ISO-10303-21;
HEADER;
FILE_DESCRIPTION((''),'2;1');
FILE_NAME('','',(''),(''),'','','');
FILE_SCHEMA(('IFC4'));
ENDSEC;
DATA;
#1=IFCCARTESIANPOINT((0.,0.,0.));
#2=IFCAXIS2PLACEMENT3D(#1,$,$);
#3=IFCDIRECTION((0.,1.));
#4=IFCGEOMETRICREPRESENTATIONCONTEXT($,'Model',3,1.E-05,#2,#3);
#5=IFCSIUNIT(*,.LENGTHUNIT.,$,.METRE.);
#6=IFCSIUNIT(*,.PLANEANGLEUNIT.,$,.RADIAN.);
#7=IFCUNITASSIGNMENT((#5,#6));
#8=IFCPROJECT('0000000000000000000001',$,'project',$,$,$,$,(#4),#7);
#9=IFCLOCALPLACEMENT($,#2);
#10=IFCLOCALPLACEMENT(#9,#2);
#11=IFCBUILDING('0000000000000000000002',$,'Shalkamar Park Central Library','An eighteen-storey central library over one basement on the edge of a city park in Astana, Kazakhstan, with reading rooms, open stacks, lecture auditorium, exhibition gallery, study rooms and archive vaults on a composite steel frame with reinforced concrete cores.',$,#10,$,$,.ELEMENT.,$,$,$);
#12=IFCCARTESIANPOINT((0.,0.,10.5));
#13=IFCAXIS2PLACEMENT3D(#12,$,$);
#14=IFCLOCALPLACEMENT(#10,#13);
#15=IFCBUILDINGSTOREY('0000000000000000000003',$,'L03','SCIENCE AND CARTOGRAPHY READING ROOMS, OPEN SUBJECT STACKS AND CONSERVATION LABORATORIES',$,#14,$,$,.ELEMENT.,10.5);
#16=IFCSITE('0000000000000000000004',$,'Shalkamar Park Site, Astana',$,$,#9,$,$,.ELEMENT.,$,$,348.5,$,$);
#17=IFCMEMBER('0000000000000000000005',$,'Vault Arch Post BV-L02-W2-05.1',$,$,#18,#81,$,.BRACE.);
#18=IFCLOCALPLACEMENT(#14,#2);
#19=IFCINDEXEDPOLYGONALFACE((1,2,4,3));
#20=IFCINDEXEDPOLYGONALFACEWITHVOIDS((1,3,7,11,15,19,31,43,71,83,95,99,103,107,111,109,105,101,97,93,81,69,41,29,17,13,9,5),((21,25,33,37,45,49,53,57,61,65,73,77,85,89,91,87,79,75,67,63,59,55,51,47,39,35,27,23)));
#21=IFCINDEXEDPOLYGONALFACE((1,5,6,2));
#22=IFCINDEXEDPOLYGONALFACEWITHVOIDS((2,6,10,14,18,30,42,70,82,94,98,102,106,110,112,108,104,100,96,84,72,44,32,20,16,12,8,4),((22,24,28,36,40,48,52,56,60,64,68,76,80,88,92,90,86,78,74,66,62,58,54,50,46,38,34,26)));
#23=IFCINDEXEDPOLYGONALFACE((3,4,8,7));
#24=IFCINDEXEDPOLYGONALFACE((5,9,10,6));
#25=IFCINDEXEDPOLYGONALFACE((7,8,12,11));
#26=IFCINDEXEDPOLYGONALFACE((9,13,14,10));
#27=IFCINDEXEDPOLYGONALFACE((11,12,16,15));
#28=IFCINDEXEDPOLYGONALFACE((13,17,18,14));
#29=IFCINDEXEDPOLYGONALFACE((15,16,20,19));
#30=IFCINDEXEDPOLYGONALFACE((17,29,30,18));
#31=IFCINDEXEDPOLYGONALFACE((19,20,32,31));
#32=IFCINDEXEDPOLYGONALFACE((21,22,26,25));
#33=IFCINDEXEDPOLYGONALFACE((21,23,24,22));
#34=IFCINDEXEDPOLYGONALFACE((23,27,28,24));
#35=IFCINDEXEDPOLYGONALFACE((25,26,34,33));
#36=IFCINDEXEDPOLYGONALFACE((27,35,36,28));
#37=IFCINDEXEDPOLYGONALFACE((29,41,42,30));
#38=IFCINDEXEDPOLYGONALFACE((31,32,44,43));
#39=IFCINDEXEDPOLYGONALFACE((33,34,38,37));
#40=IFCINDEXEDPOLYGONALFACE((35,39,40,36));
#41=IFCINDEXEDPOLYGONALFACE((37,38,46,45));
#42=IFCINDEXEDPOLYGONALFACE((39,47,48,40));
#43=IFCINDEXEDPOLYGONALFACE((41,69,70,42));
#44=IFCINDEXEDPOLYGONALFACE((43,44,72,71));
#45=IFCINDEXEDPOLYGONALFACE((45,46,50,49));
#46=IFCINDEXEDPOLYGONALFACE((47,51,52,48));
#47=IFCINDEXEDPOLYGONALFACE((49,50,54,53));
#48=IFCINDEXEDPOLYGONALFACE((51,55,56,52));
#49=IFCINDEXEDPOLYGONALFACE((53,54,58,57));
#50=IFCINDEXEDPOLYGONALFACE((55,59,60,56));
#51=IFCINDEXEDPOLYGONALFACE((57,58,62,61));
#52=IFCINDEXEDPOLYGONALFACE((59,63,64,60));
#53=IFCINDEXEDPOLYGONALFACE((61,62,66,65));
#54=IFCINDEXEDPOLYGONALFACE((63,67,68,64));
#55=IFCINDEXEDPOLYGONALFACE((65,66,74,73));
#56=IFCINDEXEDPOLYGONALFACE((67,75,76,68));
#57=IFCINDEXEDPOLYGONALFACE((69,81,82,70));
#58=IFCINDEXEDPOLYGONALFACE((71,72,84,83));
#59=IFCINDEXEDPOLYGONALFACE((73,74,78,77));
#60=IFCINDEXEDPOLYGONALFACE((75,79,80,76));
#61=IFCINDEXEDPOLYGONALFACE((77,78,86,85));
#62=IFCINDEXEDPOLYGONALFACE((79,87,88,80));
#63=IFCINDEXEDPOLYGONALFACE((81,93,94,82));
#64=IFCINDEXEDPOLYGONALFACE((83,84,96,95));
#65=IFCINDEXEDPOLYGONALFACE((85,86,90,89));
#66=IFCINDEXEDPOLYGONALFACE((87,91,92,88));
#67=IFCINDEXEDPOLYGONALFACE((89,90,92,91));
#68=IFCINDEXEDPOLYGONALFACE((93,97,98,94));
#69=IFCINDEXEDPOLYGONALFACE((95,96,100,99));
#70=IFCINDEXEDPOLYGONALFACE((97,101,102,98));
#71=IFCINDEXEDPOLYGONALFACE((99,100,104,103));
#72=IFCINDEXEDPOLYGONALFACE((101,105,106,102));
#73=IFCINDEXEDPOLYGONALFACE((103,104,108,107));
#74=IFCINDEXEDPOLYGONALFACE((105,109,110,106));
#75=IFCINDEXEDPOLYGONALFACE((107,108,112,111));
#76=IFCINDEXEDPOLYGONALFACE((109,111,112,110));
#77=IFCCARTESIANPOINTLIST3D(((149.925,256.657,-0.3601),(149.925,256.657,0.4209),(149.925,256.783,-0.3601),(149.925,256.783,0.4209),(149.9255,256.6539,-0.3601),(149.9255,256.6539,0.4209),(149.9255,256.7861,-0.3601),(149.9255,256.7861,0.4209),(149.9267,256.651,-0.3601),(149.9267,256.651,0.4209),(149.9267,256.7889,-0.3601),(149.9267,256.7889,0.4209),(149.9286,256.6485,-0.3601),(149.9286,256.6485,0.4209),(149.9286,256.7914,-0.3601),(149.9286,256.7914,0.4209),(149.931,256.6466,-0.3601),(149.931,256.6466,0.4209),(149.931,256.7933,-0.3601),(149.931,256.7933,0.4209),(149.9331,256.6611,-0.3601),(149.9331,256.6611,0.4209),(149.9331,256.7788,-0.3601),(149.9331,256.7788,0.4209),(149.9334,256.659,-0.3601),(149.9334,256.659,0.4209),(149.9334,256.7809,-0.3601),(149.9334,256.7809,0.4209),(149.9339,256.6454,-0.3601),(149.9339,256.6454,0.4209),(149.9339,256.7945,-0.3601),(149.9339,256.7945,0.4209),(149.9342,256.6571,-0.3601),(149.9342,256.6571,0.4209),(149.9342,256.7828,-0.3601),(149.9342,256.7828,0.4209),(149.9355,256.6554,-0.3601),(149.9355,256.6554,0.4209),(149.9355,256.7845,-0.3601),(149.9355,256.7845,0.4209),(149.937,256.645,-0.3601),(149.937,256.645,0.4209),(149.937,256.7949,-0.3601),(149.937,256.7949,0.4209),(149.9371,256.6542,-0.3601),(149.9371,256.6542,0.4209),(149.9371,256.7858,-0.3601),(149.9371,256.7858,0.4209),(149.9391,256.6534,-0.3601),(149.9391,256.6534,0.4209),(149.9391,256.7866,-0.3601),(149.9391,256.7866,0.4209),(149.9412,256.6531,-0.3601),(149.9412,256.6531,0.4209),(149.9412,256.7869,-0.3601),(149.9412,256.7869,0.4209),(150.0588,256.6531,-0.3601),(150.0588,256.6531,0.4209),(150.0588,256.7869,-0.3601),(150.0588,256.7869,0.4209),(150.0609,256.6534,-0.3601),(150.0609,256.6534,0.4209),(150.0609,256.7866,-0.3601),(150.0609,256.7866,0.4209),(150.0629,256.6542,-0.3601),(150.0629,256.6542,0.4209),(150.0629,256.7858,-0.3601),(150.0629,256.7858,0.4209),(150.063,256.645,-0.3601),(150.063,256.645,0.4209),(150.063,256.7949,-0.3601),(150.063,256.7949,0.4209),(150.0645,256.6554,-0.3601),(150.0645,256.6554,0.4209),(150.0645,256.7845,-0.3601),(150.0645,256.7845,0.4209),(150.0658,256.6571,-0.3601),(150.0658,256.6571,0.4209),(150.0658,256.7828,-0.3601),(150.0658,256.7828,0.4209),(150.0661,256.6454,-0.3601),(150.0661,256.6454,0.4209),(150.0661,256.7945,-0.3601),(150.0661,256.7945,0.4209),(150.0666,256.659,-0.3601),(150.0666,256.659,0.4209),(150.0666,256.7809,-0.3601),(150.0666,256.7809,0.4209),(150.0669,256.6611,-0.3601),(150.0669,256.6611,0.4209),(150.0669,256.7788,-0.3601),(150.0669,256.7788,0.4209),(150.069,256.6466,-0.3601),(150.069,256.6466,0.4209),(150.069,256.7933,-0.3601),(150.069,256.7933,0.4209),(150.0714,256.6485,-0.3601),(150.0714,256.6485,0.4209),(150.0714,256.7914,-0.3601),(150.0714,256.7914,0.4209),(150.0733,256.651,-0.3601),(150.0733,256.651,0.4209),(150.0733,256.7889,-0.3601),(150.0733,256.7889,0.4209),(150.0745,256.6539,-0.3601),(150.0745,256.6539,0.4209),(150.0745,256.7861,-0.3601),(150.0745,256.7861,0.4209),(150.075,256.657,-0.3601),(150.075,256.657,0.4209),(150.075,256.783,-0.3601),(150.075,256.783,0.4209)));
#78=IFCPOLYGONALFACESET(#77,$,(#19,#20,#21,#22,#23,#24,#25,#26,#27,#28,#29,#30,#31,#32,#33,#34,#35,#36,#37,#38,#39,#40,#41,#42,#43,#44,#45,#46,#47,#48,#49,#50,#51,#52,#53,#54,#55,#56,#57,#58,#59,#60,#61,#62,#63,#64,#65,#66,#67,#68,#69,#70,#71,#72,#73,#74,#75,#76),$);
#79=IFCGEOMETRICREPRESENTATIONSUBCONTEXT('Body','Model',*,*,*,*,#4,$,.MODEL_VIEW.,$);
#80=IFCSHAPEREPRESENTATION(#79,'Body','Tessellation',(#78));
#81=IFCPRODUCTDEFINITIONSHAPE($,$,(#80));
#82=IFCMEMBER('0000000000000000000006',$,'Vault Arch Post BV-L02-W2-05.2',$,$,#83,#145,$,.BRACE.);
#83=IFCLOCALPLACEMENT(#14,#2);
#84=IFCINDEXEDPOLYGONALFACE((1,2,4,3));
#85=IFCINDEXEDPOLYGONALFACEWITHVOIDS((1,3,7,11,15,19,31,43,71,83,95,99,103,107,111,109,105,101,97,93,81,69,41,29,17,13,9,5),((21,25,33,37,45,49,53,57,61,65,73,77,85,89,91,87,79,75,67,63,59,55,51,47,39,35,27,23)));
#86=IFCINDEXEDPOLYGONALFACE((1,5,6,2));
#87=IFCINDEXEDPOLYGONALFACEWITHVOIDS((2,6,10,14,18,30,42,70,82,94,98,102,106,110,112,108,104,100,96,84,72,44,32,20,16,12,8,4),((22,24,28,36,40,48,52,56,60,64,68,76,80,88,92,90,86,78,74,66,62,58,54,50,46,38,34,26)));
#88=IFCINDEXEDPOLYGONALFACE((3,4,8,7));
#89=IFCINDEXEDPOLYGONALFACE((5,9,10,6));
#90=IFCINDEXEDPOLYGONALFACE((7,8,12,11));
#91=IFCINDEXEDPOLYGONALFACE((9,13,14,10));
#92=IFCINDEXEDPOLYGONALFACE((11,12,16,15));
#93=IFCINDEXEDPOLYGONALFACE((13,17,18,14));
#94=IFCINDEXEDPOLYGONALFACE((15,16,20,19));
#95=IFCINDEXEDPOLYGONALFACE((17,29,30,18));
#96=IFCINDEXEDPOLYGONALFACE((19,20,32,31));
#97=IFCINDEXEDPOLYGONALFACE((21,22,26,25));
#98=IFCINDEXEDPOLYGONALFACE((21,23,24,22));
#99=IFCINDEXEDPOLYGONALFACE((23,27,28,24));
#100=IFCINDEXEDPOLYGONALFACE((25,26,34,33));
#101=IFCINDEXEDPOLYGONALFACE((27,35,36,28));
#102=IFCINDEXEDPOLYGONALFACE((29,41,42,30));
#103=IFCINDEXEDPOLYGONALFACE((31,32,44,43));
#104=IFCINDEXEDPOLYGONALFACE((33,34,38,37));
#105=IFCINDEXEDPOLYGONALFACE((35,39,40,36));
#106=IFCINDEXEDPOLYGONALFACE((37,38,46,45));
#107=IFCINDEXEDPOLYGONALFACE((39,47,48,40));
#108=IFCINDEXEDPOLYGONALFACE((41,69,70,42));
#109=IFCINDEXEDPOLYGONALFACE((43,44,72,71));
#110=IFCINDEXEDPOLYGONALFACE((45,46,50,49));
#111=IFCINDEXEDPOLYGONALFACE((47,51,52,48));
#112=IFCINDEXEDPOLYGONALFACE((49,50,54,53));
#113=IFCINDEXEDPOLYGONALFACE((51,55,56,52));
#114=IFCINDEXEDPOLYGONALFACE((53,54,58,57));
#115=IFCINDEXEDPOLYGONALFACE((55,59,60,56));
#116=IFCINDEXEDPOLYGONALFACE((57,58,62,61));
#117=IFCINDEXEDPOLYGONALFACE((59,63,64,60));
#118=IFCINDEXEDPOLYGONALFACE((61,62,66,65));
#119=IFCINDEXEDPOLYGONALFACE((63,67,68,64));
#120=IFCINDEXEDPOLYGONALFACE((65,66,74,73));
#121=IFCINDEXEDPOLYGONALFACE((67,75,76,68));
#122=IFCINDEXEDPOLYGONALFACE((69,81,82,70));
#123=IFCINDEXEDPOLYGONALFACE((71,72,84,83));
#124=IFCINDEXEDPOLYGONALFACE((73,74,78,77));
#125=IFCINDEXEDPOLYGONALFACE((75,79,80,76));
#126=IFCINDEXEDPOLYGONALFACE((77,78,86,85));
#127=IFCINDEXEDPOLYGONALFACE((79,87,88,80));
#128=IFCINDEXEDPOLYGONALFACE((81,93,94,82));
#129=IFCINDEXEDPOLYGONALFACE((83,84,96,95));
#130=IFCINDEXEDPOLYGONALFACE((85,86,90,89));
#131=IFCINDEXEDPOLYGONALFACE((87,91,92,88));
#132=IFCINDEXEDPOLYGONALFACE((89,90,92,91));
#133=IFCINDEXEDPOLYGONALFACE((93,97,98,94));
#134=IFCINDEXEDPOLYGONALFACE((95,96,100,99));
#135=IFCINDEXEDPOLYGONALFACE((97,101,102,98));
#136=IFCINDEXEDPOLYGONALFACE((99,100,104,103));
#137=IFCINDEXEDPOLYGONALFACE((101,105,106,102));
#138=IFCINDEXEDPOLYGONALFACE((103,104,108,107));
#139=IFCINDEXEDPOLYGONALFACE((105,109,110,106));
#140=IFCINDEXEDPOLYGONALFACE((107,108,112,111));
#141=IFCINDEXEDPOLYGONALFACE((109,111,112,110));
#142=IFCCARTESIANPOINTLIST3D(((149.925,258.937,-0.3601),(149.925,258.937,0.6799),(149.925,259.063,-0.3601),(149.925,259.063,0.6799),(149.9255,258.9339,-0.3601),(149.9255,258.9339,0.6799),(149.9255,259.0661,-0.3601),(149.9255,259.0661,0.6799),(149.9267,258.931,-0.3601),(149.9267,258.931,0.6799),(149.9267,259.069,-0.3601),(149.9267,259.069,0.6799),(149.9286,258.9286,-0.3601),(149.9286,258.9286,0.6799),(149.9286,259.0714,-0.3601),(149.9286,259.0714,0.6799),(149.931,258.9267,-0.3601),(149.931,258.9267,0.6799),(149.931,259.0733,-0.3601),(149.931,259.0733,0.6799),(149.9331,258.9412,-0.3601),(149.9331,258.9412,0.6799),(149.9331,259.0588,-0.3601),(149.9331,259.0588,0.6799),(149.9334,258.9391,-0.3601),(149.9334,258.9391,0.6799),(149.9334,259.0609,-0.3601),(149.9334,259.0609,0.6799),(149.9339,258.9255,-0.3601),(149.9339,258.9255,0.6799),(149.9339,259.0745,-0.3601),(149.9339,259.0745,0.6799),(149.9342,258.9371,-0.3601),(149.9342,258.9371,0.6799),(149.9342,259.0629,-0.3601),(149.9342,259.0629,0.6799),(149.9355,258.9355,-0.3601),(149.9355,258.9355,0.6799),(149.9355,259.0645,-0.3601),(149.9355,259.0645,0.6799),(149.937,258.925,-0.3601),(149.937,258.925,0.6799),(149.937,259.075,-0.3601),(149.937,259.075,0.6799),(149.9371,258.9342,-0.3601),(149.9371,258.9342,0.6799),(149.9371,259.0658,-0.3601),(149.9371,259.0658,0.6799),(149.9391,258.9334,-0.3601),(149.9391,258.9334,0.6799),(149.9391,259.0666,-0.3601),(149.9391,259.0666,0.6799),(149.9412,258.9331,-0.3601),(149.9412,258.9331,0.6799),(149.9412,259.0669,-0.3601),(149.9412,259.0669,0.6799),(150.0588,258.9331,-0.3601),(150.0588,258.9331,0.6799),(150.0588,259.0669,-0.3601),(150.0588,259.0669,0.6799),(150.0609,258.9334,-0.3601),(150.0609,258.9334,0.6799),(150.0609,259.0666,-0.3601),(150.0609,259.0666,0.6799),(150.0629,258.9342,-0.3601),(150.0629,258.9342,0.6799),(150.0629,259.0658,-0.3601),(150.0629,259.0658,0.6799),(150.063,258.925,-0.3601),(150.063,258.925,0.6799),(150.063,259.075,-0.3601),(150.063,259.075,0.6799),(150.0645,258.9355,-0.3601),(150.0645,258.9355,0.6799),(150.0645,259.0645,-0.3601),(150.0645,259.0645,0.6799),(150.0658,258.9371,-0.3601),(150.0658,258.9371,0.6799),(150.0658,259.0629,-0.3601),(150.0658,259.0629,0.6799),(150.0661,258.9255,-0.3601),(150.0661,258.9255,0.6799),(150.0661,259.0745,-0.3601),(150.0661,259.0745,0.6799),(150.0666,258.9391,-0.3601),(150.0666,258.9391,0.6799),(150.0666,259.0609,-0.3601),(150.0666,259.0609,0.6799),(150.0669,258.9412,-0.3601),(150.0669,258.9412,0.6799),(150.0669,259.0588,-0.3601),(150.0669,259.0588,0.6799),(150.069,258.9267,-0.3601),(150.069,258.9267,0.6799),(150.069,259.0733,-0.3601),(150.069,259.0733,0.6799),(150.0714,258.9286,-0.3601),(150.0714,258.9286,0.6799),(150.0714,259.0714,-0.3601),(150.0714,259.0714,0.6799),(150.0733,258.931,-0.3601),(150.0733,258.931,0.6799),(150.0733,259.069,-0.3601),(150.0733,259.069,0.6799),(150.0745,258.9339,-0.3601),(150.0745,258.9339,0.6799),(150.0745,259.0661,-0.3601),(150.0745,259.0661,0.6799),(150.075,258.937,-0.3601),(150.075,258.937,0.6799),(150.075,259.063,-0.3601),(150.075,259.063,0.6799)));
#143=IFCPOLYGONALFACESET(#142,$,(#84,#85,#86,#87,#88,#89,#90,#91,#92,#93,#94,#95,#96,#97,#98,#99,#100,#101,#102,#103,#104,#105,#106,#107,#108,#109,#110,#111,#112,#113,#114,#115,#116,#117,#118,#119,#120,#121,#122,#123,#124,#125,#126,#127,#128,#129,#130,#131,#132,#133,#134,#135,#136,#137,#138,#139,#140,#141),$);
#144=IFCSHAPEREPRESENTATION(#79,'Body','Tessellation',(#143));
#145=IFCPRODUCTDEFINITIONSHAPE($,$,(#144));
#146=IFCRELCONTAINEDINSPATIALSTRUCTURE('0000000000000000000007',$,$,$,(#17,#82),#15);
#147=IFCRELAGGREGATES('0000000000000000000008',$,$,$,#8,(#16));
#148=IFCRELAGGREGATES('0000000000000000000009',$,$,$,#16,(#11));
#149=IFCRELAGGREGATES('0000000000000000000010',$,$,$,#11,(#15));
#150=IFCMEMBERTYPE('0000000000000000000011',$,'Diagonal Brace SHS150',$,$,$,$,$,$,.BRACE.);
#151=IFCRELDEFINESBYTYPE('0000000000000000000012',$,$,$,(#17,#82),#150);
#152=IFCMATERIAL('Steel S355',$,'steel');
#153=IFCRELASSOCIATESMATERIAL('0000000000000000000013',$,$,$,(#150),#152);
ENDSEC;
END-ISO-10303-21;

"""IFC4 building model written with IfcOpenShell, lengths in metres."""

from ifc_helpers import new_model, si_unit, direction, frame, origin, origin_2d, place, context, subcontext, project, spatial, hollow_rectangle, extrude, material, material_profile, profile_set, type_object, element, save


model = new_model("IFC4")

# Units and contexts
model_context = context("Model", 3, precision=1e-05, world=origin(), true_north=direction((0.0, 1.0)))
body_context = subcontext(model_context, "Body", "Model", "MODEL_VIEW")
ifc_project = project(units=[si_unit("LENGTHUNIT", "METRE"), si_unit("PLANEANGLEUNIT", "RADIAN")], contexts=[model_context])

# Site, building, storey
site_placement = place(None, origin())
site = spatial("IfcSite", under=ifc_project, at=site_placement, Name="Shalkamar Park Site, Astana", CompositionType="ELEMENT", RefElevation=348.5)
building_placement = place(site_placement, origin())
building = spatial("IfcBuilding", under=site, at=building_placement, Name="Shalkamar Park Central Library", Description="An eighteen-storey central library over one basement on the edge of a city park in Astana, Kazakhstan, with reading rooms, open stacks, lecture auditorium, exhibition gallery, study rooms and archive vaults on a composite steel frame with reinforced concrete cores.", CompositionType="ELEMENT")
storey_placement = place(building_placement, frame((0.0, 0.0, 10.5)))
storey = spatial("IfcBuildingStorey", under=building, at=storey_placement, Name="L03", Description="SCIENCE AND CARTOGRAPHY READING ROOMS, OPEN SUBJECT STACKS AND CONSERVATION LABORATORIES", CompositionType="ELEMENT", Elevation=10.5)

# Shared definitions
ifc_material_1 = material(Name="Steel S355", Category="steel")

# Members
ifc_material_profile_1 = material_profile(ifc_material_1, hollow_rectangle(XDim=0.1499, YDim=0.1499, WallThickness=0.0081, InnerFilletRadius=0.0081, OuterFilletRadius=0.012, at=origin_2d()), Name="SHS 150x150x8")
ifc_profile_set_1 = profile_set([ifc_material_profile_1], Name="Steel S355")
member_type = type_object("IfcMemberType", Name="Diagonal Brace SHS150", PredefinedType="BRACE", material=ifc_profile_set_1)
for number, where, z_axis, x_axis, name in (
    (1, (150.0, 256.72, -0.3601), (0.0, 0.0, 1.0), (1.0, 0.0, 0.0), "Vault Arch Post BV-L02-W2-05.1"),
):
    element("IfcMember", number, at=place(storey_placement, frame(where, z_axis=z_axis, x_axis=x_axis)), inside=storey, type_object=member_type, Name=name, PredefinedType="BRACE", context=body_context, shape_type="SweptSolid", body=[
        extrude(hollow_rectangle(XDim=0.1499, YDim=0.1499, WallThickness=0.0081, InnerFilletRadius=0.0081, OuterFilletRadius=0.012, at=origin_2d()), origin(), (0.0, 0.0, 1.0), 0.781),
    ])
member_1_placement = place(storey_placement, frame((150.0, 259.0, -0.3601), z_axis=(0.0, 0.0, 1.0), x_axis=(1.0, 0.0, 0.0)))
element("IfcMember", 2, at=member_1_placement, inside=storey, type_object=member_type, Name="Vault Arch Post BV-L02-W2-05.2", PredefinedType="BRACE", context=body_context, shape_type="SweptSolid", body=[
    extrude(hollow_rectangle(XDim=0.1499, YDim=0.1499, WallThickness=0.0081, InnerFilletRadius=0.0081, OuterFilletRadius=0.012, at=origin_2d()), origin(), (0.0, 0.0, 1.0), 1.04),
])

save(model, "model.ifc")
